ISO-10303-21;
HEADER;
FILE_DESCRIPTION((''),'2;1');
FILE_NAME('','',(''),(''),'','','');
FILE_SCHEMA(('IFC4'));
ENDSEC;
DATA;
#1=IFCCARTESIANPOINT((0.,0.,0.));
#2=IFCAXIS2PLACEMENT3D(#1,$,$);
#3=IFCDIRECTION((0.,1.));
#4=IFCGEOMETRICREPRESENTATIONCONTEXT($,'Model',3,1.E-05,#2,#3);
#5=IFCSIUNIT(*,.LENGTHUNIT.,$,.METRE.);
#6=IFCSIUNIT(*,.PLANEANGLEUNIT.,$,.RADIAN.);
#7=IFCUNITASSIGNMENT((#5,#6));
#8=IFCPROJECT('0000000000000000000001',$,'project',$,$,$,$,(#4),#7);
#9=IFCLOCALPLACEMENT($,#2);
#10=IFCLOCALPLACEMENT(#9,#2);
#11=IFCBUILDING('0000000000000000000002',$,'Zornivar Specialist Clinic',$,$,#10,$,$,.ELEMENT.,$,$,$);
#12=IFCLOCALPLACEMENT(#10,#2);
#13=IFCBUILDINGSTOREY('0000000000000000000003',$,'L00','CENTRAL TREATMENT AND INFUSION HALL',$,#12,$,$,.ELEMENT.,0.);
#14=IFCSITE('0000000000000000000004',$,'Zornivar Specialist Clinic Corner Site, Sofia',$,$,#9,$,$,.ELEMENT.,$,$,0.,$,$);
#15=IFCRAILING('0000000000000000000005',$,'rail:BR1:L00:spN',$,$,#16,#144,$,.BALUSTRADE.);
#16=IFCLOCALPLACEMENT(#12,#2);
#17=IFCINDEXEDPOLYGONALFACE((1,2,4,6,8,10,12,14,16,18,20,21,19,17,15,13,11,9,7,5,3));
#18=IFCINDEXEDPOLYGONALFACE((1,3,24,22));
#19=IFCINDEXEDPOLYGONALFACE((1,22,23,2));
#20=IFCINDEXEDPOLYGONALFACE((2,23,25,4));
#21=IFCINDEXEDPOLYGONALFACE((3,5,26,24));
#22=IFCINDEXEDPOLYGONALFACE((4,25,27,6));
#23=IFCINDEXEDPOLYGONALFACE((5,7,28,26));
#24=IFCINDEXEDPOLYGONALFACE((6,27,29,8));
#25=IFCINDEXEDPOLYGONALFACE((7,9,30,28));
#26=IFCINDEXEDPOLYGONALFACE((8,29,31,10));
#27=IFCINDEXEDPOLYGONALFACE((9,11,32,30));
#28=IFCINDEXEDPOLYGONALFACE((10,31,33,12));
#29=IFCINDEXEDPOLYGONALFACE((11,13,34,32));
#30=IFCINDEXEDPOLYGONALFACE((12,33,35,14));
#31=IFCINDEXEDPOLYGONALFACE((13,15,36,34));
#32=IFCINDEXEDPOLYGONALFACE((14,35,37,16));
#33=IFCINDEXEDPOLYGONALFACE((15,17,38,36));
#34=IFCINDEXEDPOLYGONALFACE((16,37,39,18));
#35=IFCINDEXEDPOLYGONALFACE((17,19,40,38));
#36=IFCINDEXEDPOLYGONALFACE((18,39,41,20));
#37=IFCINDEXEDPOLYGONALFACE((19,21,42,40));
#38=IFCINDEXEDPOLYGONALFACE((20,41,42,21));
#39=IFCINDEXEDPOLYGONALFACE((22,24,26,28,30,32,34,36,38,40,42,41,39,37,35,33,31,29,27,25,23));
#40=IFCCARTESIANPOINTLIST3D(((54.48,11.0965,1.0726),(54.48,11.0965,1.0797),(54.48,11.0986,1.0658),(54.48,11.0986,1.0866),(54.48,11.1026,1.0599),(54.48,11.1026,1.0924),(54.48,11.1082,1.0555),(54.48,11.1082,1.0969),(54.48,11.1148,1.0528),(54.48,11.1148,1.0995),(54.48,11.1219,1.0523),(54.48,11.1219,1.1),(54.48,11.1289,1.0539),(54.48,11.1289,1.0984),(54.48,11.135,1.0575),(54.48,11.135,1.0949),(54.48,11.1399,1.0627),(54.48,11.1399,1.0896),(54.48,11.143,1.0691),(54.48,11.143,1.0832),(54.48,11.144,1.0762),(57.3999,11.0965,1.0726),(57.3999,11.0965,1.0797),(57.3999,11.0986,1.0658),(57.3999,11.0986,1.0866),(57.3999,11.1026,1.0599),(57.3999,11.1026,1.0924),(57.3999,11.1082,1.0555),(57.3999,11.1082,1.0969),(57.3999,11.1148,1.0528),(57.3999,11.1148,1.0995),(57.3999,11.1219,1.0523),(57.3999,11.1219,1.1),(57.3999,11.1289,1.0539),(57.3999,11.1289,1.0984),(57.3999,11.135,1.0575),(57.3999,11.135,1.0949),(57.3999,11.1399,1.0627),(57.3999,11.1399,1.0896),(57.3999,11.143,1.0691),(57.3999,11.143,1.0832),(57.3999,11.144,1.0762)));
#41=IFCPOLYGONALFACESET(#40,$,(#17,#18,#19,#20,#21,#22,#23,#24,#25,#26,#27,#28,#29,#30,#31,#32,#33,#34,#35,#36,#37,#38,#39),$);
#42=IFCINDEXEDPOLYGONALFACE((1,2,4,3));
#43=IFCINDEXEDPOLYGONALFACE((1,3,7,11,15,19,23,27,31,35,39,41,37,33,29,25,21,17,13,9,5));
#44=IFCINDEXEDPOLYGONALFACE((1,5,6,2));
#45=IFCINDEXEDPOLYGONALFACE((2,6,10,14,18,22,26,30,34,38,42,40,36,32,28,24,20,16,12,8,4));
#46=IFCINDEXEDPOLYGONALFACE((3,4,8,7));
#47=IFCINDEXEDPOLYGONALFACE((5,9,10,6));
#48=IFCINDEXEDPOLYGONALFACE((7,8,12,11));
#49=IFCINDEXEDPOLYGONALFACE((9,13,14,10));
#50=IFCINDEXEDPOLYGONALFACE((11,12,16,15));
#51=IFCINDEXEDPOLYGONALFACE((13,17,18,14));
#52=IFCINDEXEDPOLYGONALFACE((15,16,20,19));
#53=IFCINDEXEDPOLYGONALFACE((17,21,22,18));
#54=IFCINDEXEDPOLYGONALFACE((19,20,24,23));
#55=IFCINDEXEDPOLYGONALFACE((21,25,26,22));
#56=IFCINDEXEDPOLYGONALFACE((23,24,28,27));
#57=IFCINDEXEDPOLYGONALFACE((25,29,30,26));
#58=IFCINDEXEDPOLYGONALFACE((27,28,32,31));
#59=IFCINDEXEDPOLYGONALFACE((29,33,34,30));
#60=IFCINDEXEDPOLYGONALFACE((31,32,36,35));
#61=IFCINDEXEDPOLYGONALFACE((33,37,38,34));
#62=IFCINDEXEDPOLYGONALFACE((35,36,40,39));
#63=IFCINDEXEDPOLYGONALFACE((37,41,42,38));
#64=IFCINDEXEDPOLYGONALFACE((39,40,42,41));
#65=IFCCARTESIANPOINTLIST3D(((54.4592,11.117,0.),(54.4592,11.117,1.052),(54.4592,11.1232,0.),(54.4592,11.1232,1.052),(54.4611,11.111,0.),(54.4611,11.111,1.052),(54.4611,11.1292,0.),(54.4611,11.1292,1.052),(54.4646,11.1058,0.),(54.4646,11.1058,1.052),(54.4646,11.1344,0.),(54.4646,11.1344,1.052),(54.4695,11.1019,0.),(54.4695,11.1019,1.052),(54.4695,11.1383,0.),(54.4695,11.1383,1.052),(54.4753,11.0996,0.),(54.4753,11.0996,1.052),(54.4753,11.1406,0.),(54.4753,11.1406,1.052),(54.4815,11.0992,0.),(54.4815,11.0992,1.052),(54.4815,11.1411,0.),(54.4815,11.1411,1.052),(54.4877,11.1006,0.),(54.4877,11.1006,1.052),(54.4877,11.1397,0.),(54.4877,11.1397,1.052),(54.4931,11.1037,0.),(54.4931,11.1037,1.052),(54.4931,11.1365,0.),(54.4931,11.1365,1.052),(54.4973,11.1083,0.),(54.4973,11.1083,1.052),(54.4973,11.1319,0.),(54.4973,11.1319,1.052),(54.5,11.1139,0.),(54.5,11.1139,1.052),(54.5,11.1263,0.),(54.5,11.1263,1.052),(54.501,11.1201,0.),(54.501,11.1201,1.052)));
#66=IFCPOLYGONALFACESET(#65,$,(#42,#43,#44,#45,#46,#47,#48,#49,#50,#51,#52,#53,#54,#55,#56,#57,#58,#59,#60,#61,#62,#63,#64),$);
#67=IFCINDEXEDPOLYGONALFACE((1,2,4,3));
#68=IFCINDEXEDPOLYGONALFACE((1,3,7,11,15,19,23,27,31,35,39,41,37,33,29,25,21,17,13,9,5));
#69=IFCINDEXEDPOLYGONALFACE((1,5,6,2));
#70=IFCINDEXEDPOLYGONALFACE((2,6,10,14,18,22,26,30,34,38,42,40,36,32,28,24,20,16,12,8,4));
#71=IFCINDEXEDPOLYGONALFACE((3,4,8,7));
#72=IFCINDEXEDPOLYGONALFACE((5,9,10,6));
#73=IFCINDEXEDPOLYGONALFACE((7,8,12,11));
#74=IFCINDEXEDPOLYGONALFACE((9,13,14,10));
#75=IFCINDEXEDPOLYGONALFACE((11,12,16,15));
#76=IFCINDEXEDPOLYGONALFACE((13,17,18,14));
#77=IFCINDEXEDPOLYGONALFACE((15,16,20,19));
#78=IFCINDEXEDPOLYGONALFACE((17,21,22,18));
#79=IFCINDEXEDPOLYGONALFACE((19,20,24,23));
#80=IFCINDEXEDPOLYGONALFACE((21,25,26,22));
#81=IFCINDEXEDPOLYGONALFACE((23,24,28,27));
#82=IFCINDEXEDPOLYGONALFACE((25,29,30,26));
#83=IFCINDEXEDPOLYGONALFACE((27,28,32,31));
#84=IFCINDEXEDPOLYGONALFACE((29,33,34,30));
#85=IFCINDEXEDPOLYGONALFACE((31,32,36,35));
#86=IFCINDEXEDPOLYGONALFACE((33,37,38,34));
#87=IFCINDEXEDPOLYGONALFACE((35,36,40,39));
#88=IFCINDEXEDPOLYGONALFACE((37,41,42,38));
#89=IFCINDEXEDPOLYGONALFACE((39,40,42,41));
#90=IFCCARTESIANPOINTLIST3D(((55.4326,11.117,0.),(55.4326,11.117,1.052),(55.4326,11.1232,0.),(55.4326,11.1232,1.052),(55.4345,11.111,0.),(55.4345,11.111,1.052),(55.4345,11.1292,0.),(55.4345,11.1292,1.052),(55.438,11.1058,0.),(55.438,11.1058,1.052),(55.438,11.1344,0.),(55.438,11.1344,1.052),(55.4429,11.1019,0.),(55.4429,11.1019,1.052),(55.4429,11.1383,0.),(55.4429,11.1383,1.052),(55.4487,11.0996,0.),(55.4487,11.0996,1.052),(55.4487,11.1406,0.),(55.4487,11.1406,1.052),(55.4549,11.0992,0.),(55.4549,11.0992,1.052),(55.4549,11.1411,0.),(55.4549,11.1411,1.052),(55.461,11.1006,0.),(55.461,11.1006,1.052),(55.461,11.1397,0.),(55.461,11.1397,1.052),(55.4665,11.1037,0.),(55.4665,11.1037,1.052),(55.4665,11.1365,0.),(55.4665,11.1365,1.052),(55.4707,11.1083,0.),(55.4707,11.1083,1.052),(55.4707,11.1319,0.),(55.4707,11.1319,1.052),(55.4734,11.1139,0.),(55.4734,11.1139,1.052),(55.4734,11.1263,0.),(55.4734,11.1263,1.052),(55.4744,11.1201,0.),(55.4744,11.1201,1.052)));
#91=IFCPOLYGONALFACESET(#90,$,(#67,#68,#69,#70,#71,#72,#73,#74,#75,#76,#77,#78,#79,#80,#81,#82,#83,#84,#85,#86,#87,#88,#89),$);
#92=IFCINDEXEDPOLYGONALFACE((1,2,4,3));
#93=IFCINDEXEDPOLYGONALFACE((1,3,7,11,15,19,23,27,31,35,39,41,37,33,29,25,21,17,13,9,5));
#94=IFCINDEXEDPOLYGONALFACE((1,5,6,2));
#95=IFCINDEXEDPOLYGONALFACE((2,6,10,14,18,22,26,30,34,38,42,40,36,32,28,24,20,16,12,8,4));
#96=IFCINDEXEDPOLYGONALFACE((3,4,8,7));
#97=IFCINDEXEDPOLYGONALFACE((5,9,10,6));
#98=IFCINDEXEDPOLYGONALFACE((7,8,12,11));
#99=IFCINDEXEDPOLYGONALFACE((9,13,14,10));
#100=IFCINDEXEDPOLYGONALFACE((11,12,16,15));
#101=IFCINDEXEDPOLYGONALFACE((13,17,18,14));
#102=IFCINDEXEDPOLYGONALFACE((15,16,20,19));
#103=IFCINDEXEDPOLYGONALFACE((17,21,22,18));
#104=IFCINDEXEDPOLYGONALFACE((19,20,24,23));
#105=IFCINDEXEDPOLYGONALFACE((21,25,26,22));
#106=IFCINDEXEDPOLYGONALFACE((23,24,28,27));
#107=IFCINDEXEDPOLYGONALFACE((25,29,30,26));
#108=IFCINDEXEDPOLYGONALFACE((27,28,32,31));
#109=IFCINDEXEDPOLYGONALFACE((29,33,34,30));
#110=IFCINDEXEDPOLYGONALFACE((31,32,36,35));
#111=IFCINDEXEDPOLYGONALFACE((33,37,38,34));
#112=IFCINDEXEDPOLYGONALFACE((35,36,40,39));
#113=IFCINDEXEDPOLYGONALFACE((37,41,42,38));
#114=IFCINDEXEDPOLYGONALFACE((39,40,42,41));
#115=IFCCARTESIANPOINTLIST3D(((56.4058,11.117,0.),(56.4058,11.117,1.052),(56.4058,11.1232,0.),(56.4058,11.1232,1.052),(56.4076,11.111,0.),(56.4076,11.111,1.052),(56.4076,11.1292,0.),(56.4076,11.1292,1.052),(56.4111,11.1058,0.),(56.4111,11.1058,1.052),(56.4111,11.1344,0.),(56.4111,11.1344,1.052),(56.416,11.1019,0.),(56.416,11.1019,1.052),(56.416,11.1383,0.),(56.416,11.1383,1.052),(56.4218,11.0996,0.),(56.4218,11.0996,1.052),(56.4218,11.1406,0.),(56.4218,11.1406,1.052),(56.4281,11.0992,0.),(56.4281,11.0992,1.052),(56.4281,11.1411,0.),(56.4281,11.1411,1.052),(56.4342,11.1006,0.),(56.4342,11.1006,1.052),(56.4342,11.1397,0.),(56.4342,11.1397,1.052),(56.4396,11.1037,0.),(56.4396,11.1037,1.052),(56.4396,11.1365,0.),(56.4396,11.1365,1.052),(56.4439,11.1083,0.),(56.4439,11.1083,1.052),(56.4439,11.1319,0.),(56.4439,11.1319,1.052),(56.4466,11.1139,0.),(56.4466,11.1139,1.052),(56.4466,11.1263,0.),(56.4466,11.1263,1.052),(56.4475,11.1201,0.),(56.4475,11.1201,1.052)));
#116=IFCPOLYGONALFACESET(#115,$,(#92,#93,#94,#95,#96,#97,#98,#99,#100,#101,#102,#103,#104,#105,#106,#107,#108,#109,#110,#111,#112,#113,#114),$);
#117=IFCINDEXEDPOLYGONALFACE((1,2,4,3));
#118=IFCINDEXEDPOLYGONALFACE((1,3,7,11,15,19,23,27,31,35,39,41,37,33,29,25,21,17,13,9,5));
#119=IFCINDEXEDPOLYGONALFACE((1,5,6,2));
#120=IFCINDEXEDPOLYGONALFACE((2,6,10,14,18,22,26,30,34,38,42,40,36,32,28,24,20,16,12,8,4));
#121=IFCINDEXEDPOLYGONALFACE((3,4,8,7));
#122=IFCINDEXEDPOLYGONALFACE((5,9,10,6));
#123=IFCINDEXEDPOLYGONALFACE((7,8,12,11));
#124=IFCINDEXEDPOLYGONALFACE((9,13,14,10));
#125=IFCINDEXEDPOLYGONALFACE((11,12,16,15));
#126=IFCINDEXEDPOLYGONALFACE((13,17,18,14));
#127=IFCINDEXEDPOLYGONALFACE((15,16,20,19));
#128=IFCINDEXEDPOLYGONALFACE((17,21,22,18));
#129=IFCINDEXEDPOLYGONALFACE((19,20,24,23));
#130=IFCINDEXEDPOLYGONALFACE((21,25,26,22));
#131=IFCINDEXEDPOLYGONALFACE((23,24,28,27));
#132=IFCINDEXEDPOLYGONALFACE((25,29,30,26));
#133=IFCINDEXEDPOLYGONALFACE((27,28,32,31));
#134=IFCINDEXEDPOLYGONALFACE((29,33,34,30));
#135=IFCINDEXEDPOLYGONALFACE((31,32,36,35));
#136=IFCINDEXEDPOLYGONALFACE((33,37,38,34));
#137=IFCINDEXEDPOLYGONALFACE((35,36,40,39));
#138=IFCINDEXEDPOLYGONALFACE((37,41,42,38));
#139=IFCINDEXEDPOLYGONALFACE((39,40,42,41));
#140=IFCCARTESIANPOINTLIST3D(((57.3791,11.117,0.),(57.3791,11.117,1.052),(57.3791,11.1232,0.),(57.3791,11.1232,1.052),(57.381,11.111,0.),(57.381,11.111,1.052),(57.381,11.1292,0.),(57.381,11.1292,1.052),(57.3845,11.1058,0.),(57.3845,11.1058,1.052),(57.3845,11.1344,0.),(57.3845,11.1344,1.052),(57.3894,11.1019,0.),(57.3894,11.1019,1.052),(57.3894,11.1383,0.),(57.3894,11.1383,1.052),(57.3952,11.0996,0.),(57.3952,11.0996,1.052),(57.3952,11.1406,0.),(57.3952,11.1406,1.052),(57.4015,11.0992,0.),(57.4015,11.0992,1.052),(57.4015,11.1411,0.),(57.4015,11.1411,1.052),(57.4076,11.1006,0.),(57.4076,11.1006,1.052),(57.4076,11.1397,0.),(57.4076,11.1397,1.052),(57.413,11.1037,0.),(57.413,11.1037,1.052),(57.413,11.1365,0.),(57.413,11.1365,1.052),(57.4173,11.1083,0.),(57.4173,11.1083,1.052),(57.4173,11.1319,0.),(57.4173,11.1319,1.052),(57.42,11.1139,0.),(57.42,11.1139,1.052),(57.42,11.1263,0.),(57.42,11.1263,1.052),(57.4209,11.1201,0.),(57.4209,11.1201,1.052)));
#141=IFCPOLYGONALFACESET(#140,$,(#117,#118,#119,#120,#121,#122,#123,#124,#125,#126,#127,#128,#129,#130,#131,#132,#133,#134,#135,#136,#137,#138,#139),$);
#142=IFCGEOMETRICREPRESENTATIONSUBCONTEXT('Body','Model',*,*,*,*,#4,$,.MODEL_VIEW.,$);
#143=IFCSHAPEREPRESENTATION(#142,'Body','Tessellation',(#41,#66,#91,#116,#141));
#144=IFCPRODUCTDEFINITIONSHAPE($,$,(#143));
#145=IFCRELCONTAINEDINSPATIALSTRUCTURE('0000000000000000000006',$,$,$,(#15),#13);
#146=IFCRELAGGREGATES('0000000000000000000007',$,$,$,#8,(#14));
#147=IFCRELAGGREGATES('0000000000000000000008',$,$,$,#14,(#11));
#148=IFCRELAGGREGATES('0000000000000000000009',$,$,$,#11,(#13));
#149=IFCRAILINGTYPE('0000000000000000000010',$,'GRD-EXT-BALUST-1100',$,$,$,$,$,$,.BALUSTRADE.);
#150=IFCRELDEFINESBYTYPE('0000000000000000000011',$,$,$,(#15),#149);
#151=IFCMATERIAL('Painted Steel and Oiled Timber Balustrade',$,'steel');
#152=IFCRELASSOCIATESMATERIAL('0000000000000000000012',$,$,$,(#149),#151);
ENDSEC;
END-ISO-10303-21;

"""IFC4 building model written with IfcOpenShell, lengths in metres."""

from ifc_helpers import new_model, si_unit, direction, frame, origin, origin_2d, place, context, subcontext, project, spatial, circle, extrude, material, type_object, element, save


model = new_model("IFC4")

# Units and contexts
model_context = context("Model", 3, precision=1e-05, world=origin(), true_north=direction((0.0, 1.0)))
body_context = subcontext(model_context, "Body", "Model", "MODEL_VIEW")
ifc_project = project(units=[si_unit("LENGTHUNIT", "METRE"), si_unit("PLANEANGLEUNIT", "RADIAN")], contexts=[model_context])

# Site, building, storey
site_placement = place(None, origin())
site = spatial("IfcSite", under=ifc_project, at=site_placement, Name="Zornivar Specialist Clinic Corner Site, Sofia", CompositionType="ELEMENT", RefElevation=0.0)
building_placement = place(site_placement, origin())
building = spatial("IfcBuilding", under=site, at=building_placement, Name="Zornivar Specialist Clinic", CompositionType="ELEMENT")
storey_placement = place(building_placement, origin())
storey = spatial("IfcBuildingStorey", under=building, at=storey_placement, Name="L00", Description="CENTRAL TREATMENT AND INFUSION HALL", CompositionType="ELEMENT", Elevation=0.0)

# Railing
ifc_material_1 = material(Name="Painted Steel and Oiled Timber Balustrade", Category="steel")
railing_type = type_object("IfcRailingType", Name="GRD-EXT-BALUST-1100", PredefinedType="BALUSTRADE", material=ifc_material_1)
for number, where, name in (
    (1, (54.48, 11.1201, 0.0), "rail:BR1:L00:spN"),
):
    element("IfcRailing", number, at=place(storey_placement, frame(where)), inside=storey, type_object=railing_type, Name=name, PredefinedType="BALUSTRADE", context=body_context, shape_type="SweptSolid", body=[
        extrude(circle(Radius=0.0239, at=origin_2d()), frame((0.0, 0.0, 1.0762), z_axis=(1.0, 0.0, 0.0), x_axis=(0.0, 1.0, 0.0)), (0.0, 0.0, 1.0), 2.9199),
        extrude(circle(Radius=0.021, at=origin_2d()), origin(), (0.0, 0.0, 1.0), 1.052),
        extrude(circle(Radius=0.021, at=origin_2d()), frame((0.9734, 0.0, 0.0)), (0.0, 0.0, 1.0), 1.052),
        extrude(circle(Radius=0.021, at=origin_2d()), frame((1.9465, 0.0, 0.0)), (0.0, 0.0, 1.0), 1.052),
        extrude(circle(Radius=0.021, at=origin_2d()), frame((2.9199, 0.0, 0.0)), (0.0, 0.0, 1.0), 1.052),
    ])

save(model, "model.ifc")
